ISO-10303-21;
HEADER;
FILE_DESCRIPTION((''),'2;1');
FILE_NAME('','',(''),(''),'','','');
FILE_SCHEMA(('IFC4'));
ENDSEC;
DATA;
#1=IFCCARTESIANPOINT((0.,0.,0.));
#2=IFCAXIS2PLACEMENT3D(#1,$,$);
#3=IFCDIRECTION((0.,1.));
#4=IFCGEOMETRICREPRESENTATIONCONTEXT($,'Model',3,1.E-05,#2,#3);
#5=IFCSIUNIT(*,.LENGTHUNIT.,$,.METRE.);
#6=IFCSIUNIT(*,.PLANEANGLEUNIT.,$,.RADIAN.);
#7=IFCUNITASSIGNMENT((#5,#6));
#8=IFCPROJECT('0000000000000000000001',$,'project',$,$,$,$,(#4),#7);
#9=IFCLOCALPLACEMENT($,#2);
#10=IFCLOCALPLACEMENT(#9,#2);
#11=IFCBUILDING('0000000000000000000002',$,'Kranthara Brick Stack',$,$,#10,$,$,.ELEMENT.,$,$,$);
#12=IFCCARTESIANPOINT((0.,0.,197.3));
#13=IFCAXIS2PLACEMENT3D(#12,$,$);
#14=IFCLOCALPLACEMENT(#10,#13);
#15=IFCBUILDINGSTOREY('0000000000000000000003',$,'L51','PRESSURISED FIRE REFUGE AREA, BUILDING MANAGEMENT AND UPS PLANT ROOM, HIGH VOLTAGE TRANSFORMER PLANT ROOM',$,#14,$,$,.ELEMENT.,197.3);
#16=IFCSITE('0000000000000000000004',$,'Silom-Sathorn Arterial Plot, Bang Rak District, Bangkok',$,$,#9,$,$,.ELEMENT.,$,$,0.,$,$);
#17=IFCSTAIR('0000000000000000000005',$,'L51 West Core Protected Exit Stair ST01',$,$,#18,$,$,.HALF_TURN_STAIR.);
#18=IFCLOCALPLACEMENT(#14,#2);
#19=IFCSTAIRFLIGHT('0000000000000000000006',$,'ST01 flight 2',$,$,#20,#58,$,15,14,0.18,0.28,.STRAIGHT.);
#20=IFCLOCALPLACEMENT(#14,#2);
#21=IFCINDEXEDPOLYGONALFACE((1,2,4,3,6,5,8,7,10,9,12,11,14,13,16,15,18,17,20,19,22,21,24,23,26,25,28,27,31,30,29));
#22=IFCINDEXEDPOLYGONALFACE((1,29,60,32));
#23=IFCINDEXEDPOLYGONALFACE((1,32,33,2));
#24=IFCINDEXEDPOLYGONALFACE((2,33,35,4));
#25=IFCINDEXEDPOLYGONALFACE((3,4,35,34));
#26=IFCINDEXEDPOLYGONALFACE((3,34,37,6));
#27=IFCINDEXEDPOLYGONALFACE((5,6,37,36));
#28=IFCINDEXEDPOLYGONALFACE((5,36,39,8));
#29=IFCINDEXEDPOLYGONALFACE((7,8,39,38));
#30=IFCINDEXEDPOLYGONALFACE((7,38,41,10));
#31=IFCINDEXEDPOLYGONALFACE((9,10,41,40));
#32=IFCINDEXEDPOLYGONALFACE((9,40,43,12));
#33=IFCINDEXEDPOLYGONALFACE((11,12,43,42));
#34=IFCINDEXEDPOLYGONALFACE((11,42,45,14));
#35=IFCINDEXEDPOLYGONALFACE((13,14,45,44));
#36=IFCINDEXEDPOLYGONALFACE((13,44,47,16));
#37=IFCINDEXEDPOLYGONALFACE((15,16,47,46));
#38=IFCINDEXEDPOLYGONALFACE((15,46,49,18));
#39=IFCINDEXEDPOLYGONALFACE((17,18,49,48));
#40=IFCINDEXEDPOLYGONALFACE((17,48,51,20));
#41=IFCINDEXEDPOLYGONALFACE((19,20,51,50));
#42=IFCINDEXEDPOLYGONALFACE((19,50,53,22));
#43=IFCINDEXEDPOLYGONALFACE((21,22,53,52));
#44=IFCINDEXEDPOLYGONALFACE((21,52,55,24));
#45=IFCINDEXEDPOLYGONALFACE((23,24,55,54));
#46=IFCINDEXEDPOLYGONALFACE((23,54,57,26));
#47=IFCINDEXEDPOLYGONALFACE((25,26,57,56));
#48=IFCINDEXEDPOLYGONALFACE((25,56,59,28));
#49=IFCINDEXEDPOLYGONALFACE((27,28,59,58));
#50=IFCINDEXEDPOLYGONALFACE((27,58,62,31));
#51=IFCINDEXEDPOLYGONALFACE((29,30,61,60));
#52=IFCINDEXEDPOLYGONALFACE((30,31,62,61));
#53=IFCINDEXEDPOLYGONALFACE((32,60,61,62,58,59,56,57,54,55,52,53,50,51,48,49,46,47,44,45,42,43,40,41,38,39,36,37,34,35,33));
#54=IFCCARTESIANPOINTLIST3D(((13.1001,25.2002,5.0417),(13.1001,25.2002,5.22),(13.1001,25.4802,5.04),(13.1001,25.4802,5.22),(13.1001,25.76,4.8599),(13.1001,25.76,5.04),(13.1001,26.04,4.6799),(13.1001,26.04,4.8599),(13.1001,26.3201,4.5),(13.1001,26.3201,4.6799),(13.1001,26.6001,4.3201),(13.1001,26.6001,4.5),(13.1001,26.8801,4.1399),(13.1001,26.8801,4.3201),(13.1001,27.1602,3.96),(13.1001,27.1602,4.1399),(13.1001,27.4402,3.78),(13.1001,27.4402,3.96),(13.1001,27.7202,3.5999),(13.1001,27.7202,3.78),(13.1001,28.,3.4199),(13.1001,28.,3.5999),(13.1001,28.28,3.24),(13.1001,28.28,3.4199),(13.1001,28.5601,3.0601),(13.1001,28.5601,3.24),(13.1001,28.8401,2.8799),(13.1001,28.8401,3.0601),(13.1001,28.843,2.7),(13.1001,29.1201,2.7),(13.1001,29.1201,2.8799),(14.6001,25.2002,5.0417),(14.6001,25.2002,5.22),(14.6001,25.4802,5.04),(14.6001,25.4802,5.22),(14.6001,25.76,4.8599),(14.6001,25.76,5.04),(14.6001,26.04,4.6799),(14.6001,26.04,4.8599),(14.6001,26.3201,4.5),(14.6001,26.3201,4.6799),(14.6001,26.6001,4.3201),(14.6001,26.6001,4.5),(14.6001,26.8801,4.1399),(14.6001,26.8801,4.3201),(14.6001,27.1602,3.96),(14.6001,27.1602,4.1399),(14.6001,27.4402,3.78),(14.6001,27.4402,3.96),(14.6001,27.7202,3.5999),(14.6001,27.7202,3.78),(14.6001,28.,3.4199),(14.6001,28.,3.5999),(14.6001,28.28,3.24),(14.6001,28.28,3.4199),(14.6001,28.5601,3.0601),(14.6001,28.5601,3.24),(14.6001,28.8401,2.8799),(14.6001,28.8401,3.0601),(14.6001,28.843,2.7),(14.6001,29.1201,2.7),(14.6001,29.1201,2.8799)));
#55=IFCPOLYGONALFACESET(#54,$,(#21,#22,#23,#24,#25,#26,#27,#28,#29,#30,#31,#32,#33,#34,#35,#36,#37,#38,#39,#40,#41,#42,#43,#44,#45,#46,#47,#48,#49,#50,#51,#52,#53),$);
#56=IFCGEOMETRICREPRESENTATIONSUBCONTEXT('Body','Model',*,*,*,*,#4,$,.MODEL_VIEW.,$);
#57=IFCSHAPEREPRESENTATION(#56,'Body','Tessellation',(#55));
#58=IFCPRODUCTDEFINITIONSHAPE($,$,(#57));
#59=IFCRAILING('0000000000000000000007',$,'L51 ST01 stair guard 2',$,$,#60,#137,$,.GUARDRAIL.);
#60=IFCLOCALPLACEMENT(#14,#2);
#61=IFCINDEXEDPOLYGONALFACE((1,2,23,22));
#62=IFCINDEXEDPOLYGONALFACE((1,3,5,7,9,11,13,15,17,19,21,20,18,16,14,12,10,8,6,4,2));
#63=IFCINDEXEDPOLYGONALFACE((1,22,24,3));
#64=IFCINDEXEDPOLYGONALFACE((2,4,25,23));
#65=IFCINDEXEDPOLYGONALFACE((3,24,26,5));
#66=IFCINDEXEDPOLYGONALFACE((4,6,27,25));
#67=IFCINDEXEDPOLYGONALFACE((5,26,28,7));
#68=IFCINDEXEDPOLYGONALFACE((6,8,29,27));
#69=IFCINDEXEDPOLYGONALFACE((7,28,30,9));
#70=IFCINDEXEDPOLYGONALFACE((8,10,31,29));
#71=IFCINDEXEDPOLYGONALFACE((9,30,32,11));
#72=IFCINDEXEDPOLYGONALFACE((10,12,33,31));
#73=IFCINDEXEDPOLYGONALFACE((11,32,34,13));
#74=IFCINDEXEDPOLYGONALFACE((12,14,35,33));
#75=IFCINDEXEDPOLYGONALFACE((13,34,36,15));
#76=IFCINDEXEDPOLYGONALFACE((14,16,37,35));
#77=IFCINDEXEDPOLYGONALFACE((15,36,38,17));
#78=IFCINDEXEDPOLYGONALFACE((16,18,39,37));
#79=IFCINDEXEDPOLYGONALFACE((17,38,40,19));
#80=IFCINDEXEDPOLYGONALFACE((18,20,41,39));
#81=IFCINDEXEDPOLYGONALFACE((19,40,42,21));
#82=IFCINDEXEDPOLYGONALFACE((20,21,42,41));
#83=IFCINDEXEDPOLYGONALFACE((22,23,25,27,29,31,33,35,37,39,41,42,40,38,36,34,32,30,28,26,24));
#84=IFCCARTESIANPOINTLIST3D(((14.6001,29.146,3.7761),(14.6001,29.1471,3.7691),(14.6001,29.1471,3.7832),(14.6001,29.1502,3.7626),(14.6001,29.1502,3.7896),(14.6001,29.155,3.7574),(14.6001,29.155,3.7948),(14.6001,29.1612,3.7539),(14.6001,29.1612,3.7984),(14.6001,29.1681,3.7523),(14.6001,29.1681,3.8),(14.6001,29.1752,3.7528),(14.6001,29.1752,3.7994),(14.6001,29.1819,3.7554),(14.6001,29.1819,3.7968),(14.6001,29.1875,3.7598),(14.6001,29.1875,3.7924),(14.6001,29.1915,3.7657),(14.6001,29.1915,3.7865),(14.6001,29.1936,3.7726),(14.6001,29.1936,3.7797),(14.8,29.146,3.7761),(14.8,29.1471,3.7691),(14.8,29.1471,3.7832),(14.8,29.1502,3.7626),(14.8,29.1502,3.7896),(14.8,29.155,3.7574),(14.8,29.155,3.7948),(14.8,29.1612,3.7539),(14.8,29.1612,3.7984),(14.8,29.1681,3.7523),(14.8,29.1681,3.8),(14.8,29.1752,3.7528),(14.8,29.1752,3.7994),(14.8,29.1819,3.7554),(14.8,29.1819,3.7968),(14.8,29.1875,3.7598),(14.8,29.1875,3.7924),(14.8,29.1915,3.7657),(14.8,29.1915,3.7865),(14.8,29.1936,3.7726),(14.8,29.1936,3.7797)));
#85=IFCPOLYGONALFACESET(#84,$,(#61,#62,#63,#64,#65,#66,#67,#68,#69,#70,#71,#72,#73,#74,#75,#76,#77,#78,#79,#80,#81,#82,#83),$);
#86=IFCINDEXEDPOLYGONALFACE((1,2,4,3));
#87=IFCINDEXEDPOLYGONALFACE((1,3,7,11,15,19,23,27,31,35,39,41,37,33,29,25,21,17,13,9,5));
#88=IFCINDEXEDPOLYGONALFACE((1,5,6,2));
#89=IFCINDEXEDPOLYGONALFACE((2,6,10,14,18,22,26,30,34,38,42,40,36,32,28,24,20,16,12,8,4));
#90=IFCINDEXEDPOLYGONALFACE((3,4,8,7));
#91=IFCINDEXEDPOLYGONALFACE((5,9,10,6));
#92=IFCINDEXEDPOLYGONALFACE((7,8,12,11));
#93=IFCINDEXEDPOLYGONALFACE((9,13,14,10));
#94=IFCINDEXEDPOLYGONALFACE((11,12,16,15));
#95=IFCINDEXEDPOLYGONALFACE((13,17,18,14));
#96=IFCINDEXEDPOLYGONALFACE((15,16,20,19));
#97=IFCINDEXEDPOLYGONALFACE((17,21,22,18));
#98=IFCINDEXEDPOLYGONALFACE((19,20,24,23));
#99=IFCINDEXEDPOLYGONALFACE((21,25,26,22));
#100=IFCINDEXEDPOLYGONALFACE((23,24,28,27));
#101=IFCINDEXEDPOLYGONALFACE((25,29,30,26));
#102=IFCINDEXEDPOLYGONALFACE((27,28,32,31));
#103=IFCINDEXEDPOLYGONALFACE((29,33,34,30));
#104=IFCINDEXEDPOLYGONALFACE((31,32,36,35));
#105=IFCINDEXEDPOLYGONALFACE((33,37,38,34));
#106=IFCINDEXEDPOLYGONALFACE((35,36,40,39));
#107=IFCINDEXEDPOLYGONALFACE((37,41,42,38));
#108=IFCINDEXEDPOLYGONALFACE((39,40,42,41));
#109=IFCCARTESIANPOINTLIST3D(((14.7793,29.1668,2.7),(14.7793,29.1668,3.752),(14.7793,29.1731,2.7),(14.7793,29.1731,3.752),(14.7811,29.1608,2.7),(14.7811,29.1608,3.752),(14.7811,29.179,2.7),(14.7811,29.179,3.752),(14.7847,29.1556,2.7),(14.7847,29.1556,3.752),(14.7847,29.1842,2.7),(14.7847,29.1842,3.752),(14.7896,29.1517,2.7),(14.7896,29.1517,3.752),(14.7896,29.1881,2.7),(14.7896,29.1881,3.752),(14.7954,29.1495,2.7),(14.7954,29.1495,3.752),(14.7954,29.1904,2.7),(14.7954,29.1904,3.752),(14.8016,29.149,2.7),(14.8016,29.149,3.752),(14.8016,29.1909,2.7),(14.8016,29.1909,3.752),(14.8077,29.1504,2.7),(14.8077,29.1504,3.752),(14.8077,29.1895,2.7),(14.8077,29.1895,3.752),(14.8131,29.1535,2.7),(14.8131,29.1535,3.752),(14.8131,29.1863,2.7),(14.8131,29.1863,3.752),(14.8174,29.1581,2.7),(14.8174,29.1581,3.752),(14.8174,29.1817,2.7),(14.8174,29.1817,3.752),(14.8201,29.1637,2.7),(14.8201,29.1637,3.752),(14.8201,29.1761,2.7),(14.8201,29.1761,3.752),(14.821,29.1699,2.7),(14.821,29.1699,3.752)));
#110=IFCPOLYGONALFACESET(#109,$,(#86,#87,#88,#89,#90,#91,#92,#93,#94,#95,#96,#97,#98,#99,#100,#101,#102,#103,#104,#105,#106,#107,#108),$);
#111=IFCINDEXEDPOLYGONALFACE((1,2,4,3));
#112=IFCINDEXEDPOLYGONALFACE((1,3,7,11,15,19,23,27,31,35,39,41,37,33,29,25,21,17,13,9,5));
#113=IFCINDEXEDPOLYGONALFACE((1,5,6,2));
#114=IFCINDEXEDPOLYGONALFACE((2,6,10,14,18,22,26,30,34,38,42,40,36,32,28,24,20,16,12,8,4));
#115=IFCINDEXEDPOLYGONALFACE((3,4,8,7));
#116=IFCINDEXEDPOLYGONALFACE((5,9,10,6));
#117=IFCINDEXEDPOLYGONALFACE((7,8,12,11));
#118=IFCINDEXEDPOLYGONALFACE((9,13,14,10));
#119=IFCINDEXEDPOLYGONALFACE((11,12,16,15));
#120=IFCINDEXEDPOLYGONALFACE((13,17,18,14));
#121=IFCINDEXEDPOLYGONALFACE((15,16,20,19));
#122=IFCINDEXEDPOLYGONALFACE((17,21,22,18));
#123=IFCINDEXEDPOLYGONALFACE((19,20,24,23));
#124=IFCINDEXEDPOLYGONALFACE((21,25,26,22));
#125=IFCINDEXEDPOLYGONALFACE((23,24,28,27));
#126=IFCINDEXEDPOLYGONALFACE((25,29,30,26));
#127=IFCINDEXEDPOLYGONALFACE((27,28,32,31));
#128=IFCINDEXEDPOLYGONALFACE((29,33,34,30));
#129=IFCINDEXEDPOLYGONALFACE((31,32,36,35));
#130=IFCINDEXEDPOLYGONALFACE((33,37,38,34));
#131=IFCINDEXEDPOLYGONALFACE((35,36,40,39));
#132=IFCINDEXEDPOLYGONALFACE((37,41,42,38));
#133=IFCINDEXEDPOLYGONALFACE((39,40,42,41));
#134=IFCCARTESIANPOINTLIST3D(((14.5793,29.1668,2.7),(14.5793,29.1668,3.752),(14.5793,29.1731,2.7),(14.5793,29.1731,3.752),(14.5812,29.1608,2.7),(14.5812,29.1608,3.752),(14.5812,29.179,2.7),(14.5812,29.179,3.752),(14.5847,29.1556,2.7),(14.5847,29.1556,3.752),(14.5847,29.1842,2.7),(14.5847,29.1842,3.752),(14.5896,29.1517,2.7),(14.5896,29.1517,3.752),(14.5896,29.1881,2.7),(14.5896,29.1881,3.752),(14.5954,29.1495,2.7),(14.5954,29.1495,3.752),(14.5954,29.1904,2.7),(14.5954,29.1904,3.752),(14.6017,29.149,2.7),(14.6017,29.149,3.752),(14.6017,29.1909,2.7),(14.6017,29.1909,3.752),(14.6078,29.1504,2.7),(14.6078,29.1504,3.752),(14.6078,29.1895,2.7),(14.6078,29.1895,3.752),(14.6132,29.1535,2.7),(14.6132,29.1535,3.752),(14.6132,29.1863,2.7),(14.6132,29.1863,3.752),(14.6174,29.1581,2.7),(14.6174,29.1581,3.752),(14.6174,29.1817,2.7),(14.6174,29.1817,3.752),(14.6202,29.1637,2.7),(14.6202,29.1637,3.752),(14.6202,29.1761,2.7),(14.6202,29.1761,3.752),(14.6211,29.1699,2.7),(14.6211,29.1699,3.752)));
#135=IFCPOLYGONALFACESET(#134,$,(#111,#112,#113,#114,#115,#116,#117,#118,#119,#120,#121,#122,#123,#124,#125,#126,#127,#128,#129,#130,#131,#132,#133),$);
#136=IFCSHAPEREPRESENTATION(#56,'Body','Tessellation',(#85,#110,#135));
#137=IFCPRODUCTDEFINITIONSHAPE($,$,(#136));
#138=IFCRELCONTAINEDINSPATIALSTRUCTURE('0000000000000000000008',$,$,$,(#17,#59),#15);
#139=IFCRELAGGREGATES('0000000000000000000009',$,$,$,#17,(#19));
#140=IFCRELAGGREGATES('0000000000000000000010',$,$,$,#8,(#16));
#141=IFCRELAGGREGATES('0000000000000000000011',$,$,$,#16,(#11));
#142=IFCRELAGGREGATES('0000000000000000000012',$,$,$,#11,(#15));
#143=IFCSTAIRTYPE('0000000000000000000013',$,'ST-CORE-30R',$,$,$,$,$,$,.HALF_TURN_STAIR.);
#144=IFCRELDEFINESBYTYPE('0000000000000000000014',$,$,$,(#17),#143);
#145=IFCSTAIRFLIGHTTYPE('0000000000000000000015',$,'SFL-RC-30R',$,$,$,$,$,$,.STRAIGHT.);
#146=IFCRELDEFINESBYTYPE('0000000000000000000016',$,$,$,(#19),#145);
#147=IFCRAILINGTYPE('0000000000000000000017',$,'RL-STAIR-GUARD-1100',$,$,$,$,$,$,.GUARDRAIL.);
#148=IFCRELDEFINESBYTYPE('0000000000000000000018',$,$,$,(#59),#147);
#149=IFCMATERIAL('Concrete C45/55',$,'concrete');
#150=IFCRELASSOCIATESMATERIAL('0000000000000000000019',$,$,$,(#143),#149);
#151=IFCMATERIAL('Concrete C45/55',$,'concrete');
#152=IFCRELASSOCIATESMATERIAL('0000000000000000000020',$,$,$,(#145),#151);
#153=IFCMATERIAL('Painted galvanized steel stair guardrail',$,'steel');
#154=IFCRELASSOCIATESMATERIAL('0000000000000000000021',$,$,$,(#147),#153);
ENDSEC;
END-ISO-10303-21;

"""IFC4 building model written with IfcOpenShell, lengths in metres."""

from ifc_helpers import new_model, si_unit, direction, frame, origin, origin_2d, place, context, subcontext, project, spatial, polyline, circle, outline, extrude, material, type_object, element, aggregate, save


model = new_model("IFC4")

# Units and contexts
model_context = context("Model", 3, precision=1e-05, world=origin(), true_north=direction((0.0, 1.0)))
body_context = subcontext(model_context, "Body", "Model", "MODEL_VIEW")
ifc_project = project(units=[si_unit("LENGTHUNIT", "METRE"), si_unit("PLANEANGLEUNIT", "RADIAN")], contexts=[model_context])

# Site, building, storey
site_placement = place(None, origin())
site = spatial("IfcSite", under=ifc_project, at=site_placement, Name="Silom-Sathorn Arterial Plot, Bang Rak District, Bangkok", CompositionType="ELEMENT", RefElevation=0.0)
building_placement = place(site_placement, origin())
building = spatial("IfcBuilding", under=site, at=building_placement, Name="Kranthara Brick Stack", CompositionType="ELEMENT")
storey_placement = place(building_placement, frame((0.0, 0.0, 197.3)))
storey = spatial("IfcBuildingStorey", under=building, at=storey_placement, Name="L51", Description="PRESSURISED FIRE REFUGE AREA, BUILDING MANAGEMENT AND UPS PLANT ROOM, HIGH VOLTAGE TRANSFORMER PLANT ROOM", CompositionType="ELEMENT", Elevation=197.3)

# Stair, stair flight
ifc_material_1 = material(Name="Concrete C45/55", Category="concrete")
stair_type = type_object("IfcStairType", Name="ST-CORE-30R", PredefinedType="HALF_TURN_STAIR", material=ifc_material_1)
stair_placement = place(storey_placement, origin())
stair = element("IfcStair", 1, at=stair_placement, inside=storey, type_object=stair_type, Name="L51 West Core Protected Exit Stair ST01", PredefinedType="HALF_TURN_STAIR")
ifc_material_2 = material(Name="Concrete C45/55", Category="concrete")
stair_flight_type = type_object("IfcStairFlightType", Name="SFL-RC-30R", PredefinedType="STRAIGHT", material=ifc_material_2)
stair_flight_placement = place(storey_placement, frame((13.8501, 29.1201, 2.7), z_axis=(0.0, 0.0, 1.0), x_axis=(0.0, -1.0, 0.0)))
stair_flight = element("IfcStairFlight", 2, at=stair_flight_placement, type_object=stair_flight_type, Name="ST01 flight 2", NumberOfRisers=15, NumberOfTreads=14, PredefinedType="STRAIGHT", RiserHeight=0.18, TreadLength=0.28, context=body_context, shape_type="SweptSolid", body=[
    extrude(outline(polyline([(0.0, 0.0), (0.0, 0.1799), (0.28, 0.1799), (0.28, 0.3601), (0.5601, 0.3601), (0.5601, 0.54), (0.8401, 0.54), (0.8401, 0.72), (1.1201, 0.72), (1.1201, 0.8999), (1.3999, 0.8999), (1.3999, 1.0801), (1.6799, 1.0801), (1.6799, 1.26), (1.96, 1.26), (1.96, 1.4399), (2.24, 1.4399), (2.24, 1.6201), (2.52, 1.6201), (2.52, 1.8), (2.8, 1.8), (2.8, 1.98), (3.0801, 1.98), (3.0801, 2.1599), (3.3601, 2.1599), (3.3601, 2.3401), (3.6399, 2.3401), (3.6399, 2.52), (3.9199, 2.52), (3.9199, 2.7), (3.9199, 2.3418), (0.2771, 0.0), (0.0, 0.0)])), frame((0.0, 0.75, 0.0), z_axis=(0.0, -1.0, 0.0), x_axis=(1.0, 0.0, 0.0)), (0.0, 0.0, 1.0), 1.5),
])
aggregate(stair, [stair_flight])

# Railing
ifc_material_3 = material(Name="Painted galvanized steel stair guardrail", Category="steel")
railing_type_1 = type_object("IfcRailingType", Name="RL-STAIR-GUARD-1100", PredefinedType="GUARDRAIL", material=ifc_material_3)
railing_1_placement = place(storey_placement, frame((14.8, 29.1699, 2.7)))
element("IfcRailing", 3, at=railing_1_placement, inside=storey, type_object=railing_type_1, Name="L51 ST01 stair guard 2", PredefinedType="GUARDRAIL", context=body_context, shape_type="SweptSolid", body=[
    extrude(circle(Radius=0.0239, at=origin_2d()), frame((0.0, 0.0, 1.0762), z_axis=(-1.0, 0.0, 0.0), x_axis=(0.0, -1.0, 0.0)), (0.0, 0.0, 1.0), 0.2),
    extrude(circle(Radius=0.021, at=origin_2d()), origin(), (0.0, 0.0, 1.0), 1.052),
    extrude(circle(Radius=0.021, at=origin_2d()), frame((-0.2, 0.0, 0.0)), (0.0, 0.0, 1.0), 1.052),
])

save(model, "model.ifc")
